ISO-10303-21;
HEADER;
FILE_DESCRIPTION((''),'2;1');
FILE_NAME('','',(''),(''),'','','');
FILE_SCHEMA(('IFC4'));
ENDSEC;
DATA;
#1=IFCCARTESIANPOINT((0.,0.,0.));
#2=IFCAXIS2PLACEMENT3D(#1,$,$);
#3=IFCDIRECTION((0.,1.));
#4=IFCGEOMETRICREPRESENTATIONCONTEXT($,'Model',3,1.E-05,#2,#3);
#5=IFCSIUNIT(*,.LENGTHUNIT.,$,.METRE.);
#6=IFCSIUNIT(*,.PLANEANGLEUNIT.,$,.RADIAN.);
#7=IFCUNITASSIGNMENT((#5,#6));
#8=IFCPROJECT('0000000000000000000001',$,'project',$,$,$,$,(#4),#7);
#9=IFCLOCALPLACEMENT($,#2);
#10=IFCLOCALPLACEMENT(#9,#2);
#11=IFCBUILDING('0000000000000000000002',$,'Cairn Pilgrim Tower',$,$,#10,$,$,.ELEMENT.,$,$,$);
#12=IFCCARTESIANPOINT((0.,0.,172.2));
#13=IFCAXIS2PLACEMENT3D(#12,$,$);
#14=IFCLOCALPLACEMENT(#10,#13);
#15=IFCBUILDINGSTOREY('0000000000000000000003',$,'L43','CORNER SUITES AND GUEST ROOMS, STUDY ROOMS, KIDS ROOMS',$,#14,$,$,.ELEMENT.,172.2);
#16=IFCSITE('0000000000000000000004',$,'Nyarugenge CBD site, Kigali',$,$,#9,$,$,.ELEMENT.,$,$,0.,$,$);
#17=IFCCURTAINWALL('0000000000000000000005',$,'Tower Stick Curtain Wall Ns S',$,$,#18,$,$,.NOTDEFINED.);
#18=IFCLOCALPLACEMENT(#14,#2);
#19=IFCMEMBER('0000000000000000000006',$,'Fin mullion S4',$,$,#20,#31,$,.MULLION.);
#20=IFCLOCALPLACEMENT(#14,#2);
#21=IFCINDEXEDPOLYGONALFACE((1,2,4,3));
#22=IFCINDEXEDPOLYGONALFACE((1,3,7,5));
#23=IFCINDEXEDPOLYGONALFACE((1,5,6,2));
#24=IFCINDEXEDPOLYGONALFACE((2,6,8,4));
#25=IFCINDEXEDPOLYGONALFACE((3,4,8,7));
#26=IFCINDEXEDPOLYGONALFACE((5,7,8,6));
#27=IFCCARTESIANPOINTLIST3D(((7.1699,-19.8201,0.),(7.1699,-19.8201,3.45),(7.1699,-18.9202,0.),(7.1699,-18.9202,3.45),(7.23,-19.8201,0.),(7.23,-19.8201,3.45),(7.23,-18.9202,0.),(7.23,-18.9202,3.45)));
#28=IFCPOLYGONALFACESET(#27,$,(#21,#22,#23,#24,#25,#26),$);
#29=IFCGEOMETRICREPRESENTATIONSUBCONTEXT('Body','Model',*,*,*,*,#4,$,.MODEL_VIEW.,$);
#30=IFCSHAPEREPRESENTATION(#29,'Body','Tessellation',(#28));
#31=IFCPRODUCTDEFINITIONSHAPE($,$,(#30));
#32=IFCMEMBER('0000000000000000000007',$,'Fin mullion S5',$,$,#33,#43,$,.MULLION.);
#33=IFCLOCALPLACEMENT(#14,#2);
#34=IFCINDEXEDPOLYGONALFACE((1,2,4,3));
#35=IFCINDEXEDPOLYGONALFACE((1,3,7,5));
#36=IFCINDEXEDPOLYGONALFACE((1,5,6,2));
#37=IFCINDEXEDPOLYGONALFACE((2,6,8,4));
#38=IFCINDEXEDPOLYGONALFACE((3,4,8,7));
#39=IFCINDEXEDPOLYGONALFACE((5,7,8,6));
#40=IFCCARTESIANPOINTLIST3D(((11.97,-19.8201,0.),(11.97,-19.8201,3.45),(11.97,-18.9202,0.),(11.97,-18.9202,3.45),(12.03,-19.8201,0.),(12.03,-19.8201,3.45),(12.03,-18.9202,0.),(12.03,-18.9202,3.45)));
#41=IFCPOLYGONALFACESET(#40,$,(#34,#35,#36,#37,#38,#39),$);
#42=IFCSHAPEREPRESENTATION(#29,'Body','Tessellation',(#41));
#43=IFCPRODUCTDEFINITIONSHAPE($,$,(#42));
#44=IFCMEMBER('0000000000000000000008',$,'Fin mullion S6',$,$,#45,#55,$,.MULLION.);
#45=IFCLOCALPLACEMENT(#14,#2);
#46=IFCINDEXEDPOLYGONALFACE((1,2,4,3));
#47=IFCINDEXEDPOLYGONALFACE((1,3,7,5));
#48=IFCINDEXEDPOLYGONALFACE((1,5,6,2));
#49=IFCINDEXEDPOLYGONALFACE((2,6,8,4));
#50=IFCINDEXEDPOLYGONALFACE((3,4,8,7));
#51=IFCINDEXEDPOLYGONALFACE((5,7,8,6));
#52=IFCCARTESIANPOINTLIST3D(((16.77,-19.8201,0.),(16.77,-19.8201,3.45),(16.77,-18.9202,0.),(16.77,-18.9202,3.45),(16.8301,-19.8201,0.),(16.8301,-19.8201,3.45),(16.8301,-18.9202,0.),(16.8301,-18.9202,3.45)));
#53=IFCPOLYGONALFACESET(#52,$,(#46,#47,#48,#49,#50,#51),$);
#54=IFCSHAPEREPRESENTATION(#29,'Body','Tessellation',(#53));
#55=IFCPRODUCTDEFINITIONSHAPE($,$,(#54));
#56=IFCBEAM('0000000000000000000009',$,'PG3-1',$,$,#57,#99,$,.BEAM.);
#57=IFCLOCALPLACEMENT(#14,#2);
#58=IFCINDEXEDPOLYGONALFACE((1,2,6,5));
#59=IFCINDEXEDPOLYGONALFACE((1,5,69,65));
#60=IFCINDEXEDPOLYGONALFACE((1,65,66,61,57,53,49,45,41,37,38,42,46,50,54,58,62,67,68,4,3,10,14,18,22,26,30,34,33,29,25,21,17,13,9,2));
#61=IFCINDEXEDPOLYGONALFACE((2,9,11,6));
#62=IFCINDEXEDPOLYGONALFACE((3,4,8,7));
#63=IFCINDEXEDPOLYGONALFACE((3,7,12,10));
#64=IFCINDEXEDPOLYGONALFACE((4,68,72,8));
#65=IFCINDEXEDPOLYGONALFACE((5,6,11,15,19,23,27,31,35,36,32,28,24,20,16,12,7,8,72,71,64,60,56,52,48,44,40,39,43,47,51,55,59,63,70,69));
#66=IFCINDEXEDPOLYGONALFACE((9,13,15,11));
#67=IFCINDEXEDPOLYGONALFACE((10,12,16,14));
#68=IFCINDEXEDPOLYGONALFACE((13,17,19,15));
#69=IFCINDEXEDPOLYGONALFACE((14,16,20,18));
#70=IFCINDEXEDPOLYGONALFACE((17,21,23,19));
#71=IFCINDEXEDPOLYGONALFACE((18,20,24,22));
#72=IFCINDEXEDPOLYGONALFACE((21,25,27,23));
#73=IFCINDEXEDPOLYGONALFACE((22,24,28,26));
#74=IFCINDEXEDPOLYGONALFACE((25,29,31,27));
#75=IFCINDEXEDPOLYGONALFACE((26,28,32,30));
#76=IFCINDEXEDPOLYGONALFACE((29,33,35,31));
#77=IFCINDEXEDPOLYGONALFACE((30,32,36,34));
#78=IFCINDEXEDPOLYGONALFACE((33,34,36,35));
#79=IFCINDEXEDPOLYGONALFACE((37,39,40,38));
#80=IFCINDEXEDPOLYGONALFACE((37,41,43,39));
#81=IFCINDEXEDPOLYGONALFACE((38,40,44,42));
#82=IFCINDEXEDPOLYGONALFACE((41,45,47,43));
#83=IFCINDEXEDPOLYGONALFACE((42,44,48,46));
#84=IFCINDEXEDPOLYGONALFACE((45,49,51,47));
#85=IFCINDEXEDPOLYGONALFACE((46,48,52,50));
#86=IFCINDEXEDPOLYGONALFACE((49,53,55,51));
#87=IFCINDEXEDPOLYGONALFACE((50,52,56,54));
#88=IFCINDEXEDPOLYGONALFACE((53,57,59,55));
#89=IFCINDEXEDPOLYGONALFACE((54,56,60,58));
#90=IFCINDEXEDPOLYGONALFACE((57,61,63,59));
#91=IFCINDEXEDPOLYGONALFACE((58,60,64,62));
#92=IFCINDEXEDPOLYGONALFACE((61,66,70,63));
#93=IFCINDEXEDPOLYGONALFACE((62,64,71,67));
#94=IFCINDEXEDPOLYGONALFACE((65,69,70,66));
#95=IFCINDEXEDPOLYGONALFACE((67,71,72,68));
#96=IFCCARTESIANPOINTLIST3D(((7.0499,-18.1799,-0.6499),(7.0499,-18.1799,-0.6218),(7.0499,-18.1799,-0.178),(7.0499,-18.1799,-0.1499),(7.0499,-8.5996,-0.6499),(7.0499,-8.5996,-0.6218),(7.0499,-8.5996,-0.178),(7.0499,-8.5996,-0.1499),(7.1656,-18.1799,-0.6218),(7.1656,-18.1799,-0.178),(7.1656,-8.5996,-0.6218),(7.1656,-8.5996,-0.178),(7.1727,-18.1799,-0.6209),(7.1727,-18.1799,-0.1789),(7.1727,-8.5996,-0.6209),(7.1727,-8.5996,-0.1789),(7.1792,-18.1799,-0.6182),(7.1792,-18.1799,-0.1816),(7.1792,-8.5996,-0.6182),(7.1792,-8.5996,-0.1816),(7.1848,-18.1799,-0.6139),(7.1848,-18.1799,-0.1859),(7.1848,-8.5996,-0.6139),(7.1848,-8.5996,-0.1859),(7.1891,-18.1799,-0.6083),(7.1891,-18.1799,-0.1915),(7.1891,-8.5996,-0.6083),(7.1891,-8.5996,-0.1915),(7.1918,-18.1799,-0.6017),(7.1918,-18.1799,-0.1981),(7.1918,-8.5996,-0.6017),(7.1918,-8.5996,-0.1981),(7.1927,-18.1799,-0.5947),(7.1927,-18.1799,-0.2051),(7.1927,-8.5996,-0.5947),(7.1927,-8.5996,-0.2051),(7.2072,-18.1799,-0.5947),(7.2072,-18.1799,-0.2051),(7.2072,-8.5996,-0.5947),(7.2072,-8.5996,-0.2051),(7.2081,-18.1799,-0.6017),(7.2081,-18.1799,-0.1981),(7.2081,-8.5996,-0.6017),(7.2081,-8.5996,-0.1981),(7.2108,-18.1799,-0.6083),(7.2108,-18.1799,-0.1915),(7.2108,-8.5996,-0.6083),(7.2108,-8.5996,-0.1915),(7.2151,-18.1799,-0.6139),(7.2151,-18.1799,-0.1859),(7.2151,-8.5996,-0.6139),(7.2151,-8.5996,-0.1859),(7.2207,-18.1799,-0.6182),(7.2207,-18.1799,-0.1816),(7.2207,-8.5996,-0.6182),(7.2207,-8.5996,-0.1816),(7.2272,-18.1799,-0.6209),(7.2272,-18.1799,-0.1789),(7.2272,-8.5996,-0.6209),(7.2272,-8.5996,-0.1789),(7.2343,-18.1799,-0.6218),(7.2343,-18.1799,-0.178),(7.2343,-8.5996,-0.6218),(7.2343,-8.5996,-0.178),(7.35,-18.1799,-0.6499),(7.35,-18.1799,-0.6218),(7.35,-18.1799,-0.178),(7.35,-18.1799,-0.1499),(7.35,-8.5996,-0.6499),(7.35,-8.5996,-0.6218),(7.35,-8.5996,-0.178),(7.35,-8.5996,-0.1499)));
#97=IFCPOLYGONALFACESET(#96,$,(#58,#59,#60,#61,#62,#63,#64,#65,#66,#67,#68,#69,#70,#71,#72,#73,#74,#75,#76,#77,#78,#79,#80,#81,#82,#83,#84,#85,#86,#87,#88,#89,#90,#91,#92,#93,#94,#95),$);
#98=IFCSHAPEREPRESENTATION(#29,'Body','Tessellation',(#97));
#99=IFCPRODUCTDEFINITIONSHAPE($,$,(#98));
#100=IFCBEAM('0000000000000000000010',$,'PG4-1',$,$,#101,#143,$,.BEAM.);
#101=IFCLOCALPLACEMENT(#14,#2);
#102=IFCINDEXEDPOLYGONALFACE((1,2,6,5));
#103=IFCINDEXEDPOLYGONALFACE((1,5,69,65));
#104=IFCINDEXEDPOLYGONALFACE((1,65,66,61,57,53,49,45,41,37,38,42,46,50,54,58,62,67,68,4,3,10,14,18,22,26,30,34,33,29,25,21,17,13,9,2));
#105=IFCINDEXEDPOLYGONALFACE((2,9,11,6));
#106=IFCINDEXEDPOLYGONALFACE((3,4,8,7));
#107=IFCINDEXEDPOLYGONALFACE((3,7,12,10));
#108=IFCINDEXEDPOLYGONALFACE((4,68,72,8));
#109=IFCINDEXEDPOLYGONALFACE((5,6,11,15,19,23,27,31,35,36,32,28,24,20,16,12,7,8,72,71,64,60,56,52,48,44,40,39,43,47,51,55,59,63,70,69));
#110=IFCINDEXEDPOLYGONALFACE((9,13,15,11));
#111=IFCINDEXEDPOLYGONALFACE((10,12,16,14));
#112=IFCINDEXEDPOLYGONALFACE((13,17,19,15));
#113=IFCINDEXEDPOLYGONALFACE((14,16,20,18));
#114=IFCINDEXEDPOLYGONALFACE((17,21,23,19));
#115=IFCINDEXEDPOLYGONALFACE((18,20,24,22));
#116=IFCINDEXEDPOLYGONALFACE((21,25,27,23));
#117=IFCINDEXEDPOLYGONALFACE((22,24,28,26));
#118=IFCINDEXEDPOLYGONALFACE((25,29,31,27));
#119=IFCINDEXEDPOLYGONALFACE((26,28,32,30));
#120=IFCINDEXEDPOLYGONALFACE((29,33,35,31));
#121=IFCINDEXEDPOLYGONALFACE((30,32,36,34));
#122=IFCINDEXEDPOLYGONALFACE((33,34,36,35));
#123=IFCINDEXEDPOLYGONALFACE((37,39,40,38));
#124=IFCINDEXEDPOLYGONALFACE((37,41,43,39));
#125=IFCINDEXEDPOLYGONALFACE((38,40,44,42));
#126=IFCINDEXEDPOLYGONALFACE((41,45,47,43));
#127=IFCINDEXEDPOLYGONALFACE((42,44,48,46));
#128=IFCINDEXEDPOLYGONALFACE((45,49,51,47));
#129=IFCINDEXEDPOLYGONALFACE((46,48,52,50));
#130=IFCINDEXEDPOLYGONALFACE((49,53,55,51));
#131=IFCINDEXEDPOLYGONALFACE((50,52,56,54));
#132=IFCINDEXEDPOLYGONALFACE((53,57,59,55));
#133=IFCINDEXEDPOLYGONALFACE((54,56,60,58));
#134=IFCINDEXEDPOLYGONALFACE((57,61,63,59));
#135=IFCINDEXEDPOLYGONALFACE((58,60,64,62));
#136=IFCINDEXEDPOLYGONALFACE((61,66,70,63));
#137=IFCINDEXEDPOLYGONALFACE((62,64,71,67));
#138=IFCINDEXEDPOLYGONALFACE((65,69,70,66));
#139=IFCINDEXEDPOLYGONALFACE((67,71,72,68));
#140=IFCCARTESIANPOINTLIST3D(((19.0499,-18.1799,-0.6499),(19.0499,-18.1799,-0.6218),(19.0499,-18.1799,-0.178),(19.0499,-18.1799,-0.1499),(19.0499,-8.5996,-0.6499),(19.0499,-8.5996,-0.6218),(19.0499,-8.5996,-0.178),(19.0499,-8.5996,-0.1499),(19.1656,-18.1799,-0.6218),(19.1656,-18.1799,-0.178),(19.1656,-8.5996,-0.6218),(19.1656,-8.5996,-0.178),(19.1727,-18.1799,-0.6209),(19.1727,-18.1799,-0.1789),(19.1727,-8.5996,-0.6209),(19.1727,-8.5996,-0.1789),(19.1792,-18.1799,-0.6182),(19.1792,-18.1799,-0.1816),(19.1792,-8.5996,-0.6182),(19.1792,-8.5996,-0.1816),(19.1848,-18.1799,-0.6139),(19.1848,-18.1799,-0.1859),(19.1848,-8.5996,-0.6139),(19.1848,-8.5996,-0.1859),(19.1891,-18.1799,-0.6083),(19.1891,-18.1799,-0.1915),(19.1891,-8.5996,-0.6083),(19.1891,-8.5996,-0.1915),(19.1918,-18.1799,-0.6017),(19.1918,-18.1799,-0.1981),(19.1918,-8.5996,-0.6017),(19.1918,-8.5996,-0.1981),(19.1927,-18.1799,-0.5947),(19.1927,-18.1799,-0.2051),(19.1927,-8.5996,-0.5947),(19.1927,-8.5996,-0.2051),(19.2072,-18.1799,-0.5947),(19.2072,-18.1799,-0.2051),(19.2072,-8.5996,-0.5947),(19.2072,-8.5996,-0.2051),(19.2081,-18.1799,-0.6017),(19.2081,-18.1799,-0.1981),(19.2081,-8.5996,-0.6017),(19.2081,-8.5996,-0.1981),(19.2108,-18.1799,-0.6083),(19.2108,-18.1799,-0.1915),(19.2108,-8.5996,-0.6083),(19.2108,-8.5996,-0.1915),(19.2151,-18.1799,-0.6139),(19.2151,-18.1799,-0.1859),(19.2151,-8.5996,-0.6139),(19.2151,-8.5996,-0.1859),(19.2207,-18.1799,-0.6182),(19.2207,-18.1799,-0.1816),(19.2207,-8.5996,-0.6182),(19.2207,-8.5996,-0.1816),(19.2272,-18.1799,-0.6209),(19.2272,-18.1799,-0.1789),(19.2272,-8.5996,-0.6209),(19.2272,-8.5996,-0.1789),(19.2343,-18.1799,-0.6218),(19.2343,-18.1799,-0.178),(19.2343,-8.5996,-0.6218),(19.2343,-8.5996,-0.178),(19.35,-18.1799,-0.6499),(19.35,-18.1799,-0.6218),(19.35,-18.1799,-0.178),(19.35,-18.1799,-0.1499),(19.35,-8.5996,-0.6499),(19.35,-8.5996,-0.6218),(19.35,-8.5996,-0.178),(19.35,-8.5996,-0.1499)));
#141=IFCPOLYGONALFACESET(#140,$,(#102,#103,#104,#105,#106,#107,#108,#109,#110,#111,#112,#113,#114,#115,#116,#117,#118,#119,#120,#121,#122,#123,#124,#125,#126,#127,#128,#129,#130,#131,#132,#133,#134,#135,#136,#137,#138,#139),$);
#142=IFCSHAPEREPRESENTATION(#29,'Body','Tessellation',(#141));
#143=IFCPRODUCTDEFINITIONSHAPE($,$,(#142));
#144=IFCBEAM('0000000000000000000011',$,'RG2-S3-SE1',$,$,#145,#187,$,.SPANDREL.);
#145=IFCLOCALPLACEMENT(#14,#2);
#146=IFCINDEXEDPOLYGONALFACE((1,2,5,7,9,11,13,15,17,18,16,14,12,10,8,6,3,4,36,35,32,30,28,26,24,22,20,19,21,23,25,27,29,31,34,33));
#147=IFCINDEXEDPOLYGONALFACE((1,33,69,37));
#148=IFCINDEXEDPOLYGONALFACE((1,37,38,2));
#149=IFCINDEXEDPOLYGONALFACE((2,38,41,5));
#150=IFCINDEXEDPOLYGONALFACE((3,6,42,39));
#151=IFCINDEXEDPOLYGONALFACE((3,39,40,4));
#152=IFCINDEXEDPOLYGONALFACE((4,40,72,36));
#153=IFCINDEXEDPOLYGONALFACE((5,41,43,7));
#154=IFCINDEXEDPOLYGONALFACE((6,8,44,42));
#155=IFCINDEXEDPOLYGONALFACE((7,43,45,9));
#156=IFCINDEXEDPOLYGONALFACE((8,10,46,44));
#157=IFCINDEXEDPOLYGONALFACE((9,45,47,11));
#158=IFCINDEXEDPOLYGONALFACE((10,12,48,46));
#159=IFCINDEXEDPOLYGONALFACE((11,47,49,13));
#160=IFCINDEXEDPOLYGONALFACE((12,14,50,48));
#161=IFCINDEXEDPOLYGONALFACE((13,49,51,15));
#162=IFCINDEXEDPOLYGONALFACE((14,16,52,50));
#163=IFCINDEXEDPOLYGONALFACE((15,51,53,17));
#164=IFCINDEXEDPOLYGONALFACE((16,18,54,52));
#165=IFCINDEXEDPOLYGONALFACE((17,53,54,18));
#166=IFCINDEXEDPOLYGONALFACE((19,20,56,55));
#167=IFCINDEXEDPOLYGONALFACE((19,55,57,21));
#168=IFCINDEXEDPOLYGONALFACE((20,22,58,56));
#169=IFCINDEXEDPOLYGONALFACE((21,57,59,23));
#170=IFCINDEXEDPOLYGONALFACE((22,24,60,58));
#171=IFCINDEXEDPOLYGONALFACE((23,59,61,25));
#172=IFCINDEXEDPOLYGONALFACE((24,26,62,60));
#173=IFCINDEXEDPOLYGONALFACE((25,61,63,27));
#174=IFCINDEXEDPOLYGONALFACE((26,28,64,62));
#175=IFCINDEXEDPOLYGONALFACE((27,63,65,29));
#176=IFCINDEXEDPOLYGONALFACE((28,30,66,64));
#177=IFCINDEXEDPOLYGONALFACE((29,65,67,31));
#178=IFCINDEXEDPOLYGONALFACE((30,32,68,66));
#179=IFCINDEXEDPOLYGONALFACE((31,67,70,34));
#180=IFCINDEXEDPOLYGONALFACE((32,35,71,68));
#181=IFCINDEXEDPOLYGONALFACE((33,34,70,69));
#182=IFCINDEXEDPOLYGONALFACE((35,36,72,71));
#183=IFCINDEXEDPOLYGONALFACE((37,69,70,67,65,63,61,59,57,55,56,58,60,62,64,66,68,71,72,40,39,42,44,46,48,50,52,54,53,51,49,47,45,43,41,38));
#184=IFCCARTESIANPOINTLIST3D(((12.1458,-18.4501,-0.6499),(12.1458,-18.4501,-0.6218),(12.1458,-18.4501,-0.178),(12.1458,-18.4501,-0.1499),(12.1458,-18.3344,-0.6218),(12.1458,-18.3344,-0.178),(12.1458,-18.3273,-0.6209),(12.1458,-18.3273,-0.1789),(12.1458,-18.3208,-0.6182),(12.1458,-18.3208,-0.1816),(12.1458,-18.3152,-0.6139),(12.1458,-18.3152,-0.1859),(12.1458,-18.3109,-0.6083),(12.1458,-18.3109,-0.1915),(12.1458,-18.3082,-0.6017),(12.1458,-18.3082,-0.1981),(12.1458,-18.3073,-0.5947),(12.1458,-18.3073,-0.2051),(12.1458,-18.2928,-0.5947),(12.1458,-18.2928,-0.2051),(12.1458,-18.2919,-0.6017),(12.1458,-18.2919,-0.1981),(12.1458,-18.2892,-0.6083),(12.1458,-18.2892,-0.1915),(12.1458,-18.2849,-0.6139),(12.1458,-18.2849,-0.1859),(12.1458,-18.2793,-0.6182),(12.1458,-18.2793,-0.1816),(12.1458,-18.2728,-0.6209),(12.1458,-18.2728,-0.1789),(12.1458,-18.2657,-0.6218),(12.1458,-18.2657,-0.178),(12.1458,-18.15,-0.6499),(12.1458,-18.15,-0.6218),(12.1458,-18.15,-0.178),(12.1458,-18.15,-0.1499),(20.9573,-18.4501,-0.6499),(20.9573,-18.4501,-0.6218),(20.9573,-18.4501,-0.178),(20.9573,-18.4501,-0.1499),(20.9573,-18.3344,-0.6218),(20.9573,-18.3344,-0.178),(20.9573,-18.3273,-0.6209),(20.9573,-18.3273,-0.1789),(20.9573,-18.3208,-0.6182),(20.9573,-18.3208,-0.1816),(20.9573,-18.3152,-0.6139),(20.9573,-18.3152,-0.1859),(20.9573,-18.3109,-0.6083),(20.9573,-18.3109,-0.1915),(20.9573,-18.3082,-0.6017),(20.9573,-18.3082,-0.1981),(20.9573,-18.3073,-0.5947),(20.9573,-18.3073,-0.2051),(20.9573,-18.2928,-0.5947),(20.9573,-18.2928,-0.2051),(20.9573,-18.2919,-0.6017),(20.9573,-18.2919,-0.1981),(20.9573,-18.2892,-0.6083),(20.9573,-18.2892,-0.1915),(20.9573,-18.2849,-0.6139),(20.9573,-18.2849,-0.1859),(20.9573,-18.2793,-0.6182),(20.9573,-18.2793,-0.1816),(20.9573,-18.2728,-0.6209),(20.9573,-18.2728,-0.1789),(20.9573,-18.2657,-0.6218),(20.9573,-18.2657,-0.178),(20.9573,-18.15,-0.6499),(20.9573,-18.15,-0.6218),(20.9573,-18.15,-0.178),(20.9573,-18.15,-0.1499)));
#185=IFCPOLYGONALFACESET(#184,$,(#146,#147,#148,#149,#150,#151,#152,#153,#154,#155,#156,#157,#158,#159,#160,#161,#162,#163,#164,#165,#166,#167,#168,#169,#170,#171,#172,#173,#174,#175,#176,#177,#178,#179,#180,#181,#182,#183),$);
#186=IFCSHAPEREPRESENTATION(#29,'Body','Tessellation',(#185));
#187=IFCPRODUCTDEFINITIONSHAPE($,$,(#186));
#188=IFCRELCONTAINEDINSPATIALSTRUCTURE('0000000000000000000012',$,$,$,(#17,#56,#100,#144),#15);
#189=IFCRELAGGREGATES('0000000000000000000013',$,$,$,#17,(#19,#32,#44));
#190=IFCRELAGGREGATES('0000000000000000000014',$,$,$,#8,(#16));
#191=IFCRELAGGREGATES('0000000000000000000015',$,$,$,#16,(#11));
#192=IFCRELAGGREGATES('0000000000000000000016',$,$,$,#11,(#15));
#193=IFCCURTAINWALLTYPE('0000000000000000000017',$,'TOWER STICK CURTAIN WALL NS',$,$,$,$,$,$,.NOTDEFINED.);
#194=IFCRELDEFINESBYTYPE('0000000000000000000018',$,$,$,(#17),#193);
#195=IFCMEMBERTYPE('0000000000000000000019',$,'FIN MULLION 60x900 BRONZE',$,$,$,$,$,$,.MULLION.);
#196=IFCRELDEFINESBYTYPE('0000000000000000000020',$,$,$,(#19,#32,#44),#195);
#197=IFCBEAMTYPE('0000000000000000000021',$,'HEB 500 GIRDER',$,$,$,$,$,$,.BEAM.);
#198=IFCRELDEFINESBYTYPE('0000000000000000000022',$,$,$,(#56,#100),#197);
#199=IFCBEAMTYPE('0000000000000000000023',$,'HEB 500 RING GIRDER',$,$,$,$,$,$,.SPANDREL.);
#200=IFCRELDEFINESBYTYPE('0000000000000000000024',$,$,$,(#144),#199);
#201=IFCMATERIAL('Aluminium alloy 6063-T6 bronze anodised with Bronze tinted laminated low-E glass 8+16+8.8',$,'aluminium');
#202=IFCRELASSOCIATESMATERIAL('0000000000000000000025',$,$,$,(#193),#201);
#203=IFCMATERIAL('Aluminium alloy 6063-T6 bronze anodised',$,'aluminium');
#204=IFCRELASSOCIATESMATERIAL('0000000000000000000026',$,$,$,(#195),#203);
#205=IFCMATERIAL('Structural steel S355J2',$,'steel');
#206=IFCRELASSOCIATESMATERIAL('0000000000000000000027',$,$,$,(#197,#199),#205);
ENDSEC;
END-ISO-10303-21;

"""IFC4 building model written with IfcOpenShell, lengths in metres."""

from ifc_helpers import new_model, si_unit, direction, frame, origin, origin_2d, place, context, subcontext, project, spatial, rectangle, i_section, extrude, material, material_profile, profile_set, type_object, element, aggregate, save


model = new_model("IFC4")

# Units and contexts
model_context = context("Model", 3, precision=1e-05, world=origin(), true_north=direction((0.0, 1.0)))
body_context = subcontext(model_context, "Body", "Model", "MODEL_VIEW")
ifc_project = project(units=[si_unit("LENGTHUNIT", "METRE"), si_unit("PLANEANGLEUNIT", "RADIAN")], contexts=[model_context])

# Site, building, storey
site_placement = place(None, origin())
site = spatial("IfcSite", under=ifc_project, at=site_placement, Name="Nyarugenge CBD site, Kigali", CompositionType="ELEMENT", RefElevation=0.0)
building_placement = place(site_placement, origin())
building = spatial("IfcBuilding", under=site, at=building_placement, Name="Cairn Pilgrim Tower", CompositionType="ELEMENT")
storey_placement = place(building_placement, frame((0.0, 0.0, 172.2)))
storey = spatial("IfcBuildingStorey", under=building, at=storey_placement, Name="L43", Description="CORNER SUITES AND GUEST ROOMS, STUDY ROOMS, KIDS ROOMS", CompositionType="ELEMENT", Elevation=172.2)

# Curtain wall, members
ifc_material_1 = material(Name="Aluminium alloy 6063-T6 bronze anodised with Bronze tinted laminated low-E glass 8+16+8.8", Category="aluminium")
curtain_wall_type = type_object("IfcCurtainWallType", Name="TOWER STICK CURTAIN WALL NS", PredefinedType="NOTDEFINED", material=ifc_material_1)
curtain_wall_placement = place(storey_placement, origin())
curtain_wall = element("IfcCurtainWall", 1, at=curtain_wall_placement, inside=storey, type_object=curtain_wall_type, Name="Tower Stick Curtain Wall Ns S", PredefinedType="NOTDEFINED")
ifc_material_2 = material(Name="Aluminium alloy 6063-T6 bronze anodised", Category="aluminium")
ifc_material_profile_1 = material_profile(ifc_material_2, rectangle(XDim=0.8999, YDim=0.0601, at=origin_2d()), Name="FIN MULLION 60x900 BRONZE")
ifc_profile_set_1 = profile_set([ifc_material_profile_1], Name="Aluminium alloy 6063-T6 bronze anodised")
member_type = type_object("IfcMemberType", Name="FIN MULLION 60x900 BRONZE", PredefinedType="MULLION", material=ifc_profile_set_1)
member_1_placement = place(storey_placement, frame((7.2, -19.3701, 0.0), z_axis=(0.0, 0.0, 1.0), x_axis=(0.0, -1.0, 0.0)))
member_1 = element("IfcMember", 2, at=member_1_placement, type_object=member_type, Name="Fin mullion S4", PredefinedType="MULLION", context=body_context, shape_type="SweptSolid", body=[
    extrude(rectangle(XDim=0.8999, YDim=0.0601, at=origin_2d()), origin(), (0.0, 0.0, 1.0), 3.45),
])
member_2_placement = place(storey_placement, frame((12.0, -19.3701, 0.0), z_axis=(0.0, 0.0, 1.0), x_axis=(0.0, -1.0, 0.0)))
member_2 = element("IfcMember", 3, at=member_2_placement, type_object=member_type, Name="Fin mullion S5", PredefinedType="MULLION", context=body_context, shape_type="SweptSolid", body=[
    extrude(rectangle(XDim=0.8999, YDim=0.0601, at=origin_2d()), origin(), (0.0, 0.0, 1.0), 3.45),
])
member_3_placement = place(storey_placement, frame((16.8, -19.3701, 0.0), z_axis=(0.0, 0.0, 1.0), x_axis=(0.0, -1.0, 0.0)))
member_3 = element("IfcMember", 4, at=member_3_placement, type_object=member_type, Name="Fin mullion S6", PredefinedType="MULLION", context=body_context, shape_type="SweptSolid", body=[
    extrude(rectangle(XDim=0.8999, YDim=0.0601, at=origin_2d()), origin(), (0.0, 0.0, 1.0), 3.45),
])
aggregate(curtain_wall, [member_1, member_2, member_3])

# Beams
ifc_material_3 = material(Name="Structural steel S355J2", Category="steel")
ifc_material_profile_2 = material_profile(ifc_material_3, i_section(OverallWidth=0.3, OverallDepth=0.5, WebThickness=0.0144, FlangeThickness=0.0281, FilletRadius=0.0271, at=origin_2d()), Name="HEB 500")
ifc_profile_set_2 = profile_set([ifc_material_profile_2], Name="Structural steel S355J2")
beam_type_1 = type_object("IfcBeamType", Name="HEB 500 GIRDER", PredefinedType="BEAM", material=ifc_profile_set_2)
for number, where, z_axis, x_axis, name in (
    (5, (7.2, -18.1799, -0.3999), (0.0, 1.0, 0.0), (-1.0, 0.0, 0.0), "PG3-1"),
    (6, (19.2, -18.1799, -0.3999), (0.0, 1.0, 0.0), (-1.0, 0.0, 0.0), "PG4-1"),
):
    element("IfcBeam", number, at=place(storey_placement, frame(where, z_axis=z_axis, x_axis=x_axis)), inside=storey, type_object=beam_type_1, Name=name, PredefinedType="BEAM", context=body_context, shape_type="SweptSolid", body=[
        extrude(i_section(OverallWidth=0.3, OverallDepth=0.5, WebThickness=0.0144, FlangeThickness=0.0281, FilletRadius=0.0271, at=origin_2d()), origin(), (0.0, 0.0, 1.0), 9.5803),
    ])
ifc_material_profile_3 = material_profile(ifc_material_3, i_section(OverallWidth=0.3, OverallDepth=0.5, WebThickness=0.0144, FlangeThickness=0.0281, FilletRadius=0.0271, at=origin_2d()), Name="HEB 500")
ifc_profile_set_3 = profile_set([ifc_material_profile_3], Name="Structural steel S355J2")
beam_type_2 = type_object("IfcBeamType", Name="HEB 500 RING GIRDER", PredefinedType="SPANDREL", material=ifc_profile_set_3)
beam_1_placement = place(storey_placement, frame((12.1458, -18.3, -0.3999), z_axis=(1.0, 0.0, 0.0), x_axis=(0.0, 1.0, 0.0)))
element("IfcBeam", 7, at=beam_1_placement, inside=storey, type_object=beam_type_2, Name="RG2-S3-SE1", PredefinedType="SPANDREL", context=body_context, shape_type="SweptSolid", body=[
    extrude(i_section(OverallWidth=0.3, OverallDepth=0.5, WebThickness=0.0144, FlangeThickness=0.0281, FilletRadius=0.0271, at=origin_2d()), origin(), (0.0, 0.0, 1.0), 8.8115),
])

save(model, "model.ifc")
